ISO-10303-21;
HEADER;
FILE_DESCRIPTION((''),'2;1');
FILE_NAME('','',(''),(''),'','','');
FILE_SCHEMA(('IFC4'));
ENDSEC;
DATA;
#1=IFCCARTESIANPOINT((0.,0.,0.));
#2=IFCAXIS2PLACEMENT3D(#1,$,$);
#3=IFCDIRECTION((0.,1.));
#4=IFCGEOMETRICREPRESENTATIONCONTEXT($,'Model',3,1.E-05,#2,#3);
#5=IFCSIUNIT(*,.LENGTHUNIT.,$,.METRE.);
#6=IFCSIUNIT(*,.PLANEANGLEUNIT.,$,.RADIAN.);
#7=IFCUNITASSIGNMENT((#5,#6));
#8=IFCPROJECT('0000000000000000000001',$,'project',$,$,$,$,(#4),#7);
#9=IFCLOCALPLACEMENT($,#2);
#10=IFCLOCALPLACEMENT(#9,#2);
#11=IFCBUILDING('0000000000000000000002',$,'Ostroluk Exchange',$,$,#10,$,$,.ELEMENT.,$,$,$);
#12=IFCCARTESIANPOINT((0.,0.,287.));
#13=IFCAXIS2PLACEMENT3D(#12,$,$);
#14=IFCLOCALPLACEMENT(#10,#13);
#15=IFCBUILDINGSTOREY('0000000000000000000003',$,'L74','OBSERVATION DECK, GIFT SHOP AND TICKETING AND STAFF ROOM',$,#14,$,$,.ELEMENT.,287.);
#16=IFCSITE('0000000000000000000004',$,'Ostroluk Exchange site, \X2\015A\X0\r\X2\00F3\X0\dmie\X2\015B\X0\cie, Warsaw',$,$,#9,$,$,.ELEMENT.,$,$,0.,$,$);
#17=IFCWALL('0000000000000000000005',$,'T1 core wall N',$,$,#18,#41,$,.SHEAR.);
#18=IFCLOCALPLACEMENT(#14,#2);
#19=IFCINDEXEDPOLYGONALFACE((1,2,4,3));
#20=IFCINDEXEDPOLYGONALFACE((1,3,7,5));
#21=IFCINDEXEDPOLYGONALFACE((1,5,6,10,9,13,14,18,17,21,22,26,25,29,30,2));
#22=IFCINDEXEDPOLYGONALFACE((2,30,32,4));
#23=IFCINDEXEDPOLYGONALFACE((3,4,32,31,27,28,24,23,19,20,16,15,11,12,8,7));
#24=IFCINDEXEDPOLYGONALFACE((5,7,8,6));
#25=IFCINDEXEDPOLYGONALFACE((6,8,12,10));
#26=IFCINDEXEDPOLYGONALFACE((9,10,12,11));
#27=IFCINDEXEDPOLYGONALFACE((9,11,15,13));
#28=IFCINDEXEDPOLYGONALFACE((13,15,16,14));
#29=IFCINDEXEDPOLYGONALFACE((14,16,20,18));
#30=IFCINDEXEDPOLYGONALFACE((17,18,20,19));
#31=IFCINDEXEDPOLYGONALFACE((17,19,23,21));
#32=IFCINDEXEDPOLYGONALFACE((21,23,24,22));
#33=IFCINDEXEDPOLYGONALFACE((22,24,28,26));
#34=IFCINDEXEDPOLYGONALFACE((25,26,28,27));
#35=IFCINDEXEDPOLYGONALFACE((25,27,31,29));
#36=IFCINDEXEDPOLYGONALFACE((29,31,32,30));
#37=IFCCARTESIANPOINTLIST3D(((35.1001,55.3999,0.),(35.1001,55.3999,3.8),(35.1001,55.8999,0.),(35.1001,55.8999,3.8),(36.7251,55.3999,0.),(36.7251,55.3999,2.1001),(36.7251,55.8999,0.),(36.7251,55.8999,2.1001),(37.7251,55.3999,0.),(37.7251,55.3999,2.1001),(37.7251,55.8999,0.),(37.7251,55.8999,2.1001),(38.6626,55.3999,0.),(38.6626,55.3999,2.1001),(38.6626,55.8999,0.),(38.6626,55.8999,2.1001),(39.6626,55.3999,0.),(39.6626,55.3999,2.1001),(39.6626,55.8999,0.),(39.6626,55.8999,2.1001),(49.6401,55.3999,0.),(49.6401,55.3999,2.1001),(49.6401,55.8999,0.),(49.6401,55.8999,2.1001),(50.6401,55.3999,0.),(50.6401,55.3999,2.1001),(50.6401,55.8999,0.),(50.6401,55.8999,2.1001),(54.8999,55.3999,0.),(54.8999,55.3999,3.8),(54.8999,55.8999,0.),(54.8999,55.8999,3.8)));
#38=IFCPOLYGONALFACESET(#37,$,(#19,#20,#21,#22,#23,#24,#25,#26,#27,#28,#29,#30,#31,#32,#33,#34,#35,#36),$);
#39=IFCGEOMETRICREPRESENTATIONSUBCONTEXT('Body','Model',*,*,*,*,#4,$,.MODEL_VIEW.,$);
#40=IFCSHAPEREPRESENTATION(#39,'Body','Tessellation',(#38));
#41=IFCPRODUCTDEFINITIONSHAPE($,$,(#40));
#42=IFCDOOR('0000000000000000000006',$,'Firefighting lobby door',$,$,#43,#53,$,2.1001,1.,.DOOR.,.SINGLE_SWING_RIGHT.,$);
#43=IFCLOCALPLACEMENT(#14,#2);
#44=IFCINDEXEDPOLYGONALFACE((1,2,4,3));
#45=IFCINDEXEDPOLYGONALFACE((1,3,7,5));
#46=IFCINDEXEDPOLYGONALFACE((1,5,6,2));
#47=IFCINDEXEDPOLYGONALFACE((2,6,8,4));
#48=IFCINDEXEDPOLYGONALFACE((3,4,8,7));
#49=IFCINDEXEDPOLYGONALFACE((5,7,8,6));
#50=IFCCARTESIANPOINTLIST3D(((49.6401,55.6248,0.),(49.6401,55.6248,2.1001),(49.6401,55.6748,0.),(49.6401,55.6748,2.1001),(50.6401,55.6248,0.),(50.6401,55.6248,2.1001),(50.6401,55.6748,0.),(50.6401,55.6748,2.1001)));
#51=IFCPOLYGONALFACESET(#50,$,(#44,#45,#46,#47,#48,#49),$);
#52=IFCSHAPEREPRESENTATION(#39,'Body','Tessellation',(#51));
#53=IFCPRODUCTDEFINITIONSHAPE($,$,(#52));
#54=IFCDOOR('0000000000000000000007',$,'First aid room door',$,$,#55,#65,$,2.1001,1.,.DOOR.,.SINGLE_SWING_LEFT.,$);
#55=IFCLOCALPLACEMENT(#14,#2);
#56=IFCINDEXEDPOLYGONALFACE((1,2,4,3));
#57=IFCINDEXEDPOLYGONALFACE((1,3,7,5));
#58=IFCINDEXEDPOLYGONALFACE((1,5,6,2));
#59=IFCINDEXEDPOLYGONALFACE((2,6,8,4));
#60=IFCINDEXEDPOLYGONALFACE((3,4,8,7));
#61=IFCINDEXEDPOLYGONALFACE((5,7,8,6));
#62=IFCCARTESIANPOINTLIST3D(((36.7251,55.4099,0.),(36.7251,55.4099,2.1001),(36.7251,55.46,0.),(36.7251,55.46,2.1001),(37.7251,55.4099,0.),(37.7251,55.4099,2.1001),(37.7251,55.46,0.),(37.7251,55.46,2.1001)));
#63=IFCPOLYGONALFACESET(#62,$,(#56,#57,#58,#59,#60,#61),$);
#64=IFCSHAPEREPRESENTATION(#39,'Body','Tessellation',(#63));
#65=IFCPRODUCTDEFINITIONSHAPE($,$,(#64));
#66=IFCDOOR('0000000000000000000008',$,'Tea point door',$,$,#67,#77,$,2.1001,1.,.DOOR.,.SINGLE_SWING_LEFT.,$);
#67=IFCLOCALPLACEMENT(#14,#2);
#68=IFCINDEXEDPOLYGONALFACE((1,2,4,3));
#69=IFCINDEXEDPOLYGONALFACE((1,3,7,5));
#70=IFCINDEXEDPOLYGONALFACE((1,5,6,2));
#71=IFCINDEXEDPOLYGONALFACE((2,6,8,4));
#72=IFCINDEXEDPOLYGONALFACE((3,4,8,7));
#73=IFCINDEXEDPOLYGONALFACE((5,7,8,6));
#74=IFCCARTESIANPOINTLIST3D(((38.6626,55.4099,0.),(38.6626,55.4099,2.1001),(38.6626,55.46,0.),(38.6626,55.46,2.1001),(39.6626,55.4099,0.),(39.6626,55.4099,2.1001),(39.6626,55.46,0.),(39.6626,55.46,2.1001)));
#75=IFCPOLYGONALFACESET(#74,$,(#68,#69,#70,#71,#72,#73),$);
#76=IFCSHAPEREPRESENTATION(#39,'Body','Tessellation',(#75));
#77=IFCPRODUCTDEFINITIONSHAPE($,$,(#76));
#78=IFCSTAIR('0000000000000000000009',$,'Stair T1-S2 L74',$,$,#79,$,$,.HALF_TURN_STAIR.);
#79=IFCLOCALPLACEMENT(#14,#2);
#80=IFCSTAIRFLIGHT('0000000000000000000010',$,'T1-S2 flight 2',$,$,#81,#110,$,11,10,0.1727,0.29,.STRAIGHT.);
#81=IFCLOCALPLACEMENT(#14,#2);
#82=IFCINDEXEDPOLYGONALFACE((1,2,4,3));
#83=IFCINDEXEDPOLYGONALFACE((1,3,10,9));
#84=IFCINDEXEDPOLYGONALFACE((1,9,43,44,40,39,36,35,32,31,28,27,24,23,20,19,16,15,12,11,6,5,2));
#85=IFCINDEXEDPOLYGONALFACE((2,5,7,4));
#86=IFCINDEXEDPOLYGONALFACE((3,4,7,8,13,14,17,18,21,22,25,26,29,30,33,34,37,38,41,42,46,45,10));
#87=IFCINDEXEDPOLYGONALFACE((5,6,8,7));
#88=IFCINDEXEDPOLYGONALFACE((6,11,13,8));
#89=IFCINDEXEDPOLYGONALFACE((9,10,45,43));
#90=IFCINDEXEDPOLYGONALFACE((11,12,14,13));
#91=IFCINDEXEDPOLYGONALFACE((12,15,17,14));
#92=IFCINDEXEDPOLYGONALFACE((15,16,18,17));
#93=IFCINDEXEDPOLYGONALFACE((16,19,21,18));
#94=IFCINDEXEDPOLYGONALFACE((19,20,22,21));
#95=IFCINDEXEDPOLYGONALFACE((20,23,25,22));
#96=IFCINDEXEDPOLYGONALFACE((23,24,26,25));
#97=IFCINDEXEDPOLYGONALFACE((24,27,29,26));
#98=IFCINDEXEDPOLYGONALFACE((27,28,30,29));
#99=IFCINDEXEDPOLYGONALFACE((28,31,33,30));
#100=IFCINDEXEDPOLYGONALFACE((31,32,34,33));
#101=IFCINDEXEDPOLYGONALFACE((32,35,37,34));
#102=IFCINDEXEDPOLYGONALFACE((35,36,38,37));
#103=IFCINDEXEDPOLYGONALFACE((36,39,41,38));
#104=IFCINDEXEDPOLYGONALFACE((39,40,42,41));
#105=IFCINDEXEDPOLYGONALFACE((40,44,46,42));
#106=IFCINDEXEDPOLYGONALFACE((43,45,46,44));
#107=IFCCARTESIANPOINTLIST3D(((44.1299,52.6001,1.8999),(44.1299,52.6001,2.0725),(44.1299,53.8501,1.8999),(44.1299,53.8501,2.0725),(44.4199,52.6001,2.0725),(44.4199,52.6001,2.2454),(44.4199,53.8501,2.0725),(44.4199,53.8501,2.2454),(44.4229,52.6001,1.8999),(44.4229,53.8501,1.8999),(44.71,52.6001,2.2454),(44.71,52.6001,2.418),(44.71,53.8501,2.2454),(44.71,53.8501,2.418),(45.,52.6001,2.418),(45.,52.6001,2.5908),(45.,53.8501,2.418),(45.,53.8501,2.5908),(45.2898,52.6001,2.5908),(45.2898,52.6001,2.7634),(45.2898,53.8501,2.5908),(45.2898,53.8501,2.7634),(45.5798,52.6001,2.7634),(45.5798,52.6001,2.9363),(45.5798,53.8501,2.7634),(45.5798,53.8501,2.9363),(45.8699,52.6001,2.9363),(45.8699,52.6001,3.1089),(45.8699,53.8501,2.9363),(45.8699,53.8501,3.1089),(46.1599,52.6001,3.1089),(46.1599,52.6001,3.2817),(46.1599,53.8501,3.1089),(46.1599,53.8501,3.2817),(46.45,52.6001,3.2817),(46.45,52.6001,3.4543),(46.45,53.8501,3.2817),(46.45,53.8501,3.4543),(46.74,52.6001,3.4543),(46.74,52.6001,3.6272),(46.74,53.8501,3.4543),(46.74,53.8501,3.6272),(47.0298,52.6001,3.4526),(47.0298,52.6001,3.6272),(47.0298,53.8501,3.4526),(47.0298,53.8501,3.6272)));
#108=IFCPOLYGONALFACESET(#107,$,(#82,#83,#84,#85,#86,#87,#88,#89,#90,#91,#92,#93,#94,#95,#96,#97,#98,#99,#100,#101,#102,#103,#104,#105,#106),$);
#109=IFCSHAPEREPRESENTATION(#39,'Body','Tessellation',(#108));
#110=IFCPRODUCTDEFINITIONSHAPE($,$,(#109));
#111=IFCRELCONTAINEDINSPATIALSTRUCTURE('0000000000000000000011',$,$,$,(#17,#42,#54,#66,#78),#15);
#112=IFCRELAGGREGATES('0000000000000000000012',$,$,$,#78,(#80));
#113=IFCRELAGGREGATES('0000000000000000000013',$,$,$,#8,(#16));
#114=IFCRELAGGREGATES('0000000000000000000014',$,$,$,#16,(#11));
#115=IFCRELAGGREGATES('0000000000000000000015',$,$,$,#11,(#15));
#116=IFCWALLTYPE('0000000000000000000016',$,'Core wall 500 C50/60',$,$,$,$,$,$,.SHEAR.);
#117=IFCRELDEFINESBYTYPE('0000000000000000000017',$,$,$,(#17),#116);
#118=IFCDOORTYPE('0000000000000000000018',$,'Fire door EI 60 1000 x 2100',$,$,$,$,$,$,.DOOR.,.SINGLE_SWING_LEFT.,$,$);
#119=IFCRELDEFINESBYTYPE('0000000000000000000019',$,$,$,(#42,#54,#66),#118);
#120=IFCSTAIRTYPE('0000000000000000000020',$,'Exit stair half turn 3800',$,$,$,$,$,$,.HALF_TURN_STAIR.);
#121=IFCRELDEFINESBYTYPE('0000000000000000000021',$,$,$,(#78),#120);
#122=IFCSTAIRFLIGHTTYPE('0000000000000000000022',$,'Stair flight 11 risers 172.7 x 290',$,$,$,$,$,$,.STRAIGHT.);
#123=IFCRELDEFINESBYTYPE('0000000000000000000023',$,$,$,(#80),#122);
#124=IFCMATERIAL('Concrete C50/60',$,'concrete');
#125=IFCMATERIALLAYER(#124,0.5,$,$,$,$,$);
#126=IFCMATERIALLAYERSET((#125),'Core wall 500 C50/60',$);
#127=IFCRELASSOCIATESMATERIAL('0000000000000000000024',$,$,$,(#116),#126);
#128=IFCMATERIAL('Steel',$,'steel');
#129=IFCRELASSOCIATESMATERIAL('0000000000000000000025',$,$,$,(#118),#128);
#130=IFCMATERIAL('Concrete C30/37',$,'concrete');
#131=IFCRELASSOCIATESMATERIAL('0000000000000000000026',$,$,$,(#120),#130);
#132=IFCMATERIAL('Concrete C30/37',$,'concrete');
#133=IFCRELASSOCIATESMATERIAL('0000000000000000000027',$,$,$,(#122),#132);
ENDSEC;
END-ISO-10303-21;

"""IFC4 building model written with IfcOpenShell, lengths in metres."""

from ifc_helpers import new_model, si_unit, direction, frame, frame_2d, origin, place, context, subcontext, project, spatial, polyline, rectangle, outline, extrude, material, layer, layer_set, type_object, element, fill, aggregate, save


model = new_model("IFC4")

# Units and contexts
model_context = context("Model", 3, precision=1e-05, world=origin(), true_north=direction((0.0, 1.0)))
body_context = subcontext(model_context, "Body", "Model", "MODEL_VIEW")
ifc_project = project(units=[si_unit("LENGTHUNIT", "METRE"), si_unit("PLANEANGLEUNIT", "RADIAN")], contexts=[model_context])

# Site, building, storey
site_placement = place(None, origin())
site = spatial("IfcSite", under=ifc_project, at=site_placement, Name="Ostroluk Exchange site, Śródmieście, Warsaw", CompositionType="ELEMENT", RefElevation=0.0)
building_placement = place(site_placement, origin())
building = spatial("IfcBuilding", under=site, at=building_placement, Name="Ostroluk Exchange", CompositionType="ELEMENT")
storey_placement = place(building_placement, frame((0.0, 0.0, 287.0)))
storey = spatial("IfcBuildingStorey", under=building, at=storey_placement, Name="L74", Description="OBSERVATION DECK, GIFT SHOP AND TICKETING AND STAFF ROOM", CompositionType="ELEMENT", Elevation=287.0)

# Wall, openings, doors
ifc_material_1 = material(Name="Concrete C50/60", Category="concrete")
ifc_layer_1 = layer(ifc_material_1, 0.5)
ifc_layer_set_1 = layer_set([ifc_layer_1], Name="Core wall 500 C50/60")
wall_type_1 = type_object("IfcWallType", Name="Core wall 500 C50/60", PredefinedType="SHEAR", material=ifc_layer_set_1)
wall_1_placement = place(storey_placement, frame((35.1001, 55.6499, 0.0), z_axis=(0.0, 0.0, 1.0), x_axis=(1.0, 0.0, 0.0)))
wall_1 = element("IfcWall", 1, at=wall_1_placement, inside=storey, type_object=wall_type_1, Name="T1 core wall N", PredefinedType="SHEAR", context=body_context, shape_type="SweptSolid", body=[
    extrude(rectangle(XDim=19.7998, YDim=0.5, at=frame_2d((9.8999, 0.0))), origin(), (0.0, 0.0, 1.0), 3.8),
])
opening_1_placement = place(wall_1_placement, frame((14.54, 0.0, 0.0)))
opening_1 = element("IfcOpeningElement", 2, at=opening_1_placement, cuts=wall_1, PredefinedType="OPENING", context=body_context, shape_type="SweptSolid", body=[
    extrude(rectangle(XDim=1.0, YDim=2.1001, at=frame_2d((0.5, 1.05))), frame((0.0, 0.26, 0.0), z_axis=(0.0, -1.0, 0.0), x_axis=(1.0, 0.0, 0.0)), (0.0, 0.0, 1.0), 0.52),
])
opening_2_placement = place(wall_1_placement, frame((1.625, 0.0, 0.0)))
opening_2 = element("IfcOpeningElement", 3, at=opening_2_placement, cuts=wall_1, PredefinedType="OPENING", context=body_context, shape_type="SweptSolid", body=[
    extrude(rectangle(XDim=1.0, YDim=2.1001, at=frame_2d((0.5, 1.05))), frame((0.0, 0.26, 0.0), z_axis=(0.0, -1.0, 0.0), x_axis=(1.0, 0.0, 0.0)), (0.0, 0.0, 1.0), 0.52),
])
opening_3_placement = place(wall_1_placement, frame((3.5625, 0.0, 0.0)))
opening_3 = element("IfcOpeningElement", 4, at=opening_3_placement, cuts=wall_1, PredefinedType="OPENING", context=body_context, shape_type="SweptSolid", body=[
    extrude(rectangle(XDim=1.0, YDim=2.1001, at=frame_2d((0.5, 1.05))), frame((0.0, 0.26, 0.0), z_axis=(0.0, -1.0, 0.0), x_axis=(1.0, 0.0, 0.0)), (0.0, 0.0, 1.0), 0.52),
])
ifc_material_2 = material(Name="Steel", Category="steel")
door_type = type_object("IfcDoorType", Name="Fire door EI 60 1000 x 2100", OperationType="SINGLE_SWING_LEFT", PredefinedType="DOOR", material=ifc_material_2)
door_1_placement = place(opening_1_placement, origin())
door_1 = element("IfcDoor", 5, at=door_1_placement, inside=storey, type_object=door_type, Name="Firefighting lobby door", OperationType="SINGLE_SWING_RIGHT", OverallHeight=2.1001, OverallWidth=1.0, PredefinedType="DOOR", context=body_context, shape_type="SweptSolid", body=[
    extrude(rectangle(XDim=1.0, YDim=2.1001, at=frame_2d((0.5, 1.05))), frame((0.0, 0.0249, 0.0), z_axis=(0.0, -1.0, 0.0), x_axis=(1.0, 0.0, 0.0)), (0.0, 0.0, 1.0), 0.05),
])
fill(opening_1, door_1)
door_2_placement = place(opening_2_placement, origin())
door_2 = element("IfcDoor", 6, at=door_2_placement, inside=storey, type_object=door_type, Name="First aid room door", OperationType="SINGLE_SWING_LEFT", OverallHeight=2.1001, OverallWidth=1.0, PredefinedType="DOOR", context=body_context, shape_type="SweptSolid", body=[
    extrude(rectangle(XDim=1.0, YDim=2.1001, at=frame_2d((0.5, 1.05))), frame((0.0, -0.1899, 0.0), z_axis=(0.0, -1.0, 0.0), x_axis=(1.0, 0.0, 0.0)), (0.0, 0.0, 1.0), 0.05),
])
fill(opening_2, door_2)
door_3_placement = place(opening_3_placement, origin())
door_3 = element("IfcDoor", 7, at=door_3_placement, inside=storey, type_object=door_type, Name="Tea point door", OperationType="SINGLE_SWING_LEFT", OverallHeight=2.1001, OverallWidth=1.0, PredefinedType="DOOR", context=body_context, shape_type="SweptSolid", body=[
    extrude(rectangle(XDim=1.0, YDim=2.1001, at=frame_2d((0.5, 1.05))), frame((0.0, -0.1899, 0.0), z_axis=(0.0, -1.0, 0.0), x_axis=(1.0, 0.0, 0.0)), (0.0, 0.0, 1.0), 0.05),
])
fill(opening_3, door_3)

# Stair, stair flight
ifc_material_3 = material(Name="Concrete C30/37", Category="concrete")
stair_type = type_object("IfcStairType", Name="Exit stair half turn 3800", PredefinedType="HALF_TURN_STAIR", material=ifc_material_3)
stair_placement = place(storey_placement, origin())
stair = element("IfcStair", 8, at=stair_placement, inside=storey, type_object=stair_type, Name="Stair T1-S2 L74", PredefinedType="HALF_TURN_STAIR")
ifc_material_4 = material(Name="Concrete C30/37", Category="concrete")
stair_flight_type = type_object("IfcStairFlightType", Name="Stair flight 11 risers 172.7 x 290", PredefinedType="STRAIGHT", material=ifc_material_4)
stair_flight_placement = place(storey_placement, frame((44.1299, 53.2251, 1.8999), z_axis=(0.0, 0.0, 1.0), x_axis=(1.0, 0.0, 0.0)))
stair_flight = element("IfcStairFlight", 9, at=stair_flight_placement, type_object=stair_flight_type, Name="T1-S2 flight 2", NumberOfRisers=11, NumberOfTreads=10, PredefinedType="STRAIGHT", RiserHeight=0.1727, TreadLength=0.29, context=body_context, shape_type="SweptSolid", body=[
    extrude(outline(polyline([(0.0, 0.0), (0.0, 0.1726), (0.29, 0.1726), (0.29, 0.3455), (0.5801, 0.3455), (0.5801, 0.5181), (0.8701, 0.5181), (0.8701, 0.6909), (1.1599, 0.6909), (1.1599, 0.8635), (1.45, 0.8635), (1.45, 1.0364), (1.74, 1.0364), (1.74, 1.209), (2.03, 1.209), (2.03, 1.3818), (2.3201, 1.3818), (2.3201, 1.5544), (2.6101, 1.5544), (2.6101, 1.7273), (2.8999, 1.7273), (2.8999, 1.8999), (2.8999, 1.5527), (0.293, 0.0), (0.0, 0.0)])), frame((0.0, 0.625, 0.0), z_axis=(0.0, -1.0, 0.0), x_axis=(1.0, 0.0, 0.0)), (0.0, 0.0, 1.0), 1.25),
])
aggregate(stair, [stair_flight])

save(model, "model.ifc")
